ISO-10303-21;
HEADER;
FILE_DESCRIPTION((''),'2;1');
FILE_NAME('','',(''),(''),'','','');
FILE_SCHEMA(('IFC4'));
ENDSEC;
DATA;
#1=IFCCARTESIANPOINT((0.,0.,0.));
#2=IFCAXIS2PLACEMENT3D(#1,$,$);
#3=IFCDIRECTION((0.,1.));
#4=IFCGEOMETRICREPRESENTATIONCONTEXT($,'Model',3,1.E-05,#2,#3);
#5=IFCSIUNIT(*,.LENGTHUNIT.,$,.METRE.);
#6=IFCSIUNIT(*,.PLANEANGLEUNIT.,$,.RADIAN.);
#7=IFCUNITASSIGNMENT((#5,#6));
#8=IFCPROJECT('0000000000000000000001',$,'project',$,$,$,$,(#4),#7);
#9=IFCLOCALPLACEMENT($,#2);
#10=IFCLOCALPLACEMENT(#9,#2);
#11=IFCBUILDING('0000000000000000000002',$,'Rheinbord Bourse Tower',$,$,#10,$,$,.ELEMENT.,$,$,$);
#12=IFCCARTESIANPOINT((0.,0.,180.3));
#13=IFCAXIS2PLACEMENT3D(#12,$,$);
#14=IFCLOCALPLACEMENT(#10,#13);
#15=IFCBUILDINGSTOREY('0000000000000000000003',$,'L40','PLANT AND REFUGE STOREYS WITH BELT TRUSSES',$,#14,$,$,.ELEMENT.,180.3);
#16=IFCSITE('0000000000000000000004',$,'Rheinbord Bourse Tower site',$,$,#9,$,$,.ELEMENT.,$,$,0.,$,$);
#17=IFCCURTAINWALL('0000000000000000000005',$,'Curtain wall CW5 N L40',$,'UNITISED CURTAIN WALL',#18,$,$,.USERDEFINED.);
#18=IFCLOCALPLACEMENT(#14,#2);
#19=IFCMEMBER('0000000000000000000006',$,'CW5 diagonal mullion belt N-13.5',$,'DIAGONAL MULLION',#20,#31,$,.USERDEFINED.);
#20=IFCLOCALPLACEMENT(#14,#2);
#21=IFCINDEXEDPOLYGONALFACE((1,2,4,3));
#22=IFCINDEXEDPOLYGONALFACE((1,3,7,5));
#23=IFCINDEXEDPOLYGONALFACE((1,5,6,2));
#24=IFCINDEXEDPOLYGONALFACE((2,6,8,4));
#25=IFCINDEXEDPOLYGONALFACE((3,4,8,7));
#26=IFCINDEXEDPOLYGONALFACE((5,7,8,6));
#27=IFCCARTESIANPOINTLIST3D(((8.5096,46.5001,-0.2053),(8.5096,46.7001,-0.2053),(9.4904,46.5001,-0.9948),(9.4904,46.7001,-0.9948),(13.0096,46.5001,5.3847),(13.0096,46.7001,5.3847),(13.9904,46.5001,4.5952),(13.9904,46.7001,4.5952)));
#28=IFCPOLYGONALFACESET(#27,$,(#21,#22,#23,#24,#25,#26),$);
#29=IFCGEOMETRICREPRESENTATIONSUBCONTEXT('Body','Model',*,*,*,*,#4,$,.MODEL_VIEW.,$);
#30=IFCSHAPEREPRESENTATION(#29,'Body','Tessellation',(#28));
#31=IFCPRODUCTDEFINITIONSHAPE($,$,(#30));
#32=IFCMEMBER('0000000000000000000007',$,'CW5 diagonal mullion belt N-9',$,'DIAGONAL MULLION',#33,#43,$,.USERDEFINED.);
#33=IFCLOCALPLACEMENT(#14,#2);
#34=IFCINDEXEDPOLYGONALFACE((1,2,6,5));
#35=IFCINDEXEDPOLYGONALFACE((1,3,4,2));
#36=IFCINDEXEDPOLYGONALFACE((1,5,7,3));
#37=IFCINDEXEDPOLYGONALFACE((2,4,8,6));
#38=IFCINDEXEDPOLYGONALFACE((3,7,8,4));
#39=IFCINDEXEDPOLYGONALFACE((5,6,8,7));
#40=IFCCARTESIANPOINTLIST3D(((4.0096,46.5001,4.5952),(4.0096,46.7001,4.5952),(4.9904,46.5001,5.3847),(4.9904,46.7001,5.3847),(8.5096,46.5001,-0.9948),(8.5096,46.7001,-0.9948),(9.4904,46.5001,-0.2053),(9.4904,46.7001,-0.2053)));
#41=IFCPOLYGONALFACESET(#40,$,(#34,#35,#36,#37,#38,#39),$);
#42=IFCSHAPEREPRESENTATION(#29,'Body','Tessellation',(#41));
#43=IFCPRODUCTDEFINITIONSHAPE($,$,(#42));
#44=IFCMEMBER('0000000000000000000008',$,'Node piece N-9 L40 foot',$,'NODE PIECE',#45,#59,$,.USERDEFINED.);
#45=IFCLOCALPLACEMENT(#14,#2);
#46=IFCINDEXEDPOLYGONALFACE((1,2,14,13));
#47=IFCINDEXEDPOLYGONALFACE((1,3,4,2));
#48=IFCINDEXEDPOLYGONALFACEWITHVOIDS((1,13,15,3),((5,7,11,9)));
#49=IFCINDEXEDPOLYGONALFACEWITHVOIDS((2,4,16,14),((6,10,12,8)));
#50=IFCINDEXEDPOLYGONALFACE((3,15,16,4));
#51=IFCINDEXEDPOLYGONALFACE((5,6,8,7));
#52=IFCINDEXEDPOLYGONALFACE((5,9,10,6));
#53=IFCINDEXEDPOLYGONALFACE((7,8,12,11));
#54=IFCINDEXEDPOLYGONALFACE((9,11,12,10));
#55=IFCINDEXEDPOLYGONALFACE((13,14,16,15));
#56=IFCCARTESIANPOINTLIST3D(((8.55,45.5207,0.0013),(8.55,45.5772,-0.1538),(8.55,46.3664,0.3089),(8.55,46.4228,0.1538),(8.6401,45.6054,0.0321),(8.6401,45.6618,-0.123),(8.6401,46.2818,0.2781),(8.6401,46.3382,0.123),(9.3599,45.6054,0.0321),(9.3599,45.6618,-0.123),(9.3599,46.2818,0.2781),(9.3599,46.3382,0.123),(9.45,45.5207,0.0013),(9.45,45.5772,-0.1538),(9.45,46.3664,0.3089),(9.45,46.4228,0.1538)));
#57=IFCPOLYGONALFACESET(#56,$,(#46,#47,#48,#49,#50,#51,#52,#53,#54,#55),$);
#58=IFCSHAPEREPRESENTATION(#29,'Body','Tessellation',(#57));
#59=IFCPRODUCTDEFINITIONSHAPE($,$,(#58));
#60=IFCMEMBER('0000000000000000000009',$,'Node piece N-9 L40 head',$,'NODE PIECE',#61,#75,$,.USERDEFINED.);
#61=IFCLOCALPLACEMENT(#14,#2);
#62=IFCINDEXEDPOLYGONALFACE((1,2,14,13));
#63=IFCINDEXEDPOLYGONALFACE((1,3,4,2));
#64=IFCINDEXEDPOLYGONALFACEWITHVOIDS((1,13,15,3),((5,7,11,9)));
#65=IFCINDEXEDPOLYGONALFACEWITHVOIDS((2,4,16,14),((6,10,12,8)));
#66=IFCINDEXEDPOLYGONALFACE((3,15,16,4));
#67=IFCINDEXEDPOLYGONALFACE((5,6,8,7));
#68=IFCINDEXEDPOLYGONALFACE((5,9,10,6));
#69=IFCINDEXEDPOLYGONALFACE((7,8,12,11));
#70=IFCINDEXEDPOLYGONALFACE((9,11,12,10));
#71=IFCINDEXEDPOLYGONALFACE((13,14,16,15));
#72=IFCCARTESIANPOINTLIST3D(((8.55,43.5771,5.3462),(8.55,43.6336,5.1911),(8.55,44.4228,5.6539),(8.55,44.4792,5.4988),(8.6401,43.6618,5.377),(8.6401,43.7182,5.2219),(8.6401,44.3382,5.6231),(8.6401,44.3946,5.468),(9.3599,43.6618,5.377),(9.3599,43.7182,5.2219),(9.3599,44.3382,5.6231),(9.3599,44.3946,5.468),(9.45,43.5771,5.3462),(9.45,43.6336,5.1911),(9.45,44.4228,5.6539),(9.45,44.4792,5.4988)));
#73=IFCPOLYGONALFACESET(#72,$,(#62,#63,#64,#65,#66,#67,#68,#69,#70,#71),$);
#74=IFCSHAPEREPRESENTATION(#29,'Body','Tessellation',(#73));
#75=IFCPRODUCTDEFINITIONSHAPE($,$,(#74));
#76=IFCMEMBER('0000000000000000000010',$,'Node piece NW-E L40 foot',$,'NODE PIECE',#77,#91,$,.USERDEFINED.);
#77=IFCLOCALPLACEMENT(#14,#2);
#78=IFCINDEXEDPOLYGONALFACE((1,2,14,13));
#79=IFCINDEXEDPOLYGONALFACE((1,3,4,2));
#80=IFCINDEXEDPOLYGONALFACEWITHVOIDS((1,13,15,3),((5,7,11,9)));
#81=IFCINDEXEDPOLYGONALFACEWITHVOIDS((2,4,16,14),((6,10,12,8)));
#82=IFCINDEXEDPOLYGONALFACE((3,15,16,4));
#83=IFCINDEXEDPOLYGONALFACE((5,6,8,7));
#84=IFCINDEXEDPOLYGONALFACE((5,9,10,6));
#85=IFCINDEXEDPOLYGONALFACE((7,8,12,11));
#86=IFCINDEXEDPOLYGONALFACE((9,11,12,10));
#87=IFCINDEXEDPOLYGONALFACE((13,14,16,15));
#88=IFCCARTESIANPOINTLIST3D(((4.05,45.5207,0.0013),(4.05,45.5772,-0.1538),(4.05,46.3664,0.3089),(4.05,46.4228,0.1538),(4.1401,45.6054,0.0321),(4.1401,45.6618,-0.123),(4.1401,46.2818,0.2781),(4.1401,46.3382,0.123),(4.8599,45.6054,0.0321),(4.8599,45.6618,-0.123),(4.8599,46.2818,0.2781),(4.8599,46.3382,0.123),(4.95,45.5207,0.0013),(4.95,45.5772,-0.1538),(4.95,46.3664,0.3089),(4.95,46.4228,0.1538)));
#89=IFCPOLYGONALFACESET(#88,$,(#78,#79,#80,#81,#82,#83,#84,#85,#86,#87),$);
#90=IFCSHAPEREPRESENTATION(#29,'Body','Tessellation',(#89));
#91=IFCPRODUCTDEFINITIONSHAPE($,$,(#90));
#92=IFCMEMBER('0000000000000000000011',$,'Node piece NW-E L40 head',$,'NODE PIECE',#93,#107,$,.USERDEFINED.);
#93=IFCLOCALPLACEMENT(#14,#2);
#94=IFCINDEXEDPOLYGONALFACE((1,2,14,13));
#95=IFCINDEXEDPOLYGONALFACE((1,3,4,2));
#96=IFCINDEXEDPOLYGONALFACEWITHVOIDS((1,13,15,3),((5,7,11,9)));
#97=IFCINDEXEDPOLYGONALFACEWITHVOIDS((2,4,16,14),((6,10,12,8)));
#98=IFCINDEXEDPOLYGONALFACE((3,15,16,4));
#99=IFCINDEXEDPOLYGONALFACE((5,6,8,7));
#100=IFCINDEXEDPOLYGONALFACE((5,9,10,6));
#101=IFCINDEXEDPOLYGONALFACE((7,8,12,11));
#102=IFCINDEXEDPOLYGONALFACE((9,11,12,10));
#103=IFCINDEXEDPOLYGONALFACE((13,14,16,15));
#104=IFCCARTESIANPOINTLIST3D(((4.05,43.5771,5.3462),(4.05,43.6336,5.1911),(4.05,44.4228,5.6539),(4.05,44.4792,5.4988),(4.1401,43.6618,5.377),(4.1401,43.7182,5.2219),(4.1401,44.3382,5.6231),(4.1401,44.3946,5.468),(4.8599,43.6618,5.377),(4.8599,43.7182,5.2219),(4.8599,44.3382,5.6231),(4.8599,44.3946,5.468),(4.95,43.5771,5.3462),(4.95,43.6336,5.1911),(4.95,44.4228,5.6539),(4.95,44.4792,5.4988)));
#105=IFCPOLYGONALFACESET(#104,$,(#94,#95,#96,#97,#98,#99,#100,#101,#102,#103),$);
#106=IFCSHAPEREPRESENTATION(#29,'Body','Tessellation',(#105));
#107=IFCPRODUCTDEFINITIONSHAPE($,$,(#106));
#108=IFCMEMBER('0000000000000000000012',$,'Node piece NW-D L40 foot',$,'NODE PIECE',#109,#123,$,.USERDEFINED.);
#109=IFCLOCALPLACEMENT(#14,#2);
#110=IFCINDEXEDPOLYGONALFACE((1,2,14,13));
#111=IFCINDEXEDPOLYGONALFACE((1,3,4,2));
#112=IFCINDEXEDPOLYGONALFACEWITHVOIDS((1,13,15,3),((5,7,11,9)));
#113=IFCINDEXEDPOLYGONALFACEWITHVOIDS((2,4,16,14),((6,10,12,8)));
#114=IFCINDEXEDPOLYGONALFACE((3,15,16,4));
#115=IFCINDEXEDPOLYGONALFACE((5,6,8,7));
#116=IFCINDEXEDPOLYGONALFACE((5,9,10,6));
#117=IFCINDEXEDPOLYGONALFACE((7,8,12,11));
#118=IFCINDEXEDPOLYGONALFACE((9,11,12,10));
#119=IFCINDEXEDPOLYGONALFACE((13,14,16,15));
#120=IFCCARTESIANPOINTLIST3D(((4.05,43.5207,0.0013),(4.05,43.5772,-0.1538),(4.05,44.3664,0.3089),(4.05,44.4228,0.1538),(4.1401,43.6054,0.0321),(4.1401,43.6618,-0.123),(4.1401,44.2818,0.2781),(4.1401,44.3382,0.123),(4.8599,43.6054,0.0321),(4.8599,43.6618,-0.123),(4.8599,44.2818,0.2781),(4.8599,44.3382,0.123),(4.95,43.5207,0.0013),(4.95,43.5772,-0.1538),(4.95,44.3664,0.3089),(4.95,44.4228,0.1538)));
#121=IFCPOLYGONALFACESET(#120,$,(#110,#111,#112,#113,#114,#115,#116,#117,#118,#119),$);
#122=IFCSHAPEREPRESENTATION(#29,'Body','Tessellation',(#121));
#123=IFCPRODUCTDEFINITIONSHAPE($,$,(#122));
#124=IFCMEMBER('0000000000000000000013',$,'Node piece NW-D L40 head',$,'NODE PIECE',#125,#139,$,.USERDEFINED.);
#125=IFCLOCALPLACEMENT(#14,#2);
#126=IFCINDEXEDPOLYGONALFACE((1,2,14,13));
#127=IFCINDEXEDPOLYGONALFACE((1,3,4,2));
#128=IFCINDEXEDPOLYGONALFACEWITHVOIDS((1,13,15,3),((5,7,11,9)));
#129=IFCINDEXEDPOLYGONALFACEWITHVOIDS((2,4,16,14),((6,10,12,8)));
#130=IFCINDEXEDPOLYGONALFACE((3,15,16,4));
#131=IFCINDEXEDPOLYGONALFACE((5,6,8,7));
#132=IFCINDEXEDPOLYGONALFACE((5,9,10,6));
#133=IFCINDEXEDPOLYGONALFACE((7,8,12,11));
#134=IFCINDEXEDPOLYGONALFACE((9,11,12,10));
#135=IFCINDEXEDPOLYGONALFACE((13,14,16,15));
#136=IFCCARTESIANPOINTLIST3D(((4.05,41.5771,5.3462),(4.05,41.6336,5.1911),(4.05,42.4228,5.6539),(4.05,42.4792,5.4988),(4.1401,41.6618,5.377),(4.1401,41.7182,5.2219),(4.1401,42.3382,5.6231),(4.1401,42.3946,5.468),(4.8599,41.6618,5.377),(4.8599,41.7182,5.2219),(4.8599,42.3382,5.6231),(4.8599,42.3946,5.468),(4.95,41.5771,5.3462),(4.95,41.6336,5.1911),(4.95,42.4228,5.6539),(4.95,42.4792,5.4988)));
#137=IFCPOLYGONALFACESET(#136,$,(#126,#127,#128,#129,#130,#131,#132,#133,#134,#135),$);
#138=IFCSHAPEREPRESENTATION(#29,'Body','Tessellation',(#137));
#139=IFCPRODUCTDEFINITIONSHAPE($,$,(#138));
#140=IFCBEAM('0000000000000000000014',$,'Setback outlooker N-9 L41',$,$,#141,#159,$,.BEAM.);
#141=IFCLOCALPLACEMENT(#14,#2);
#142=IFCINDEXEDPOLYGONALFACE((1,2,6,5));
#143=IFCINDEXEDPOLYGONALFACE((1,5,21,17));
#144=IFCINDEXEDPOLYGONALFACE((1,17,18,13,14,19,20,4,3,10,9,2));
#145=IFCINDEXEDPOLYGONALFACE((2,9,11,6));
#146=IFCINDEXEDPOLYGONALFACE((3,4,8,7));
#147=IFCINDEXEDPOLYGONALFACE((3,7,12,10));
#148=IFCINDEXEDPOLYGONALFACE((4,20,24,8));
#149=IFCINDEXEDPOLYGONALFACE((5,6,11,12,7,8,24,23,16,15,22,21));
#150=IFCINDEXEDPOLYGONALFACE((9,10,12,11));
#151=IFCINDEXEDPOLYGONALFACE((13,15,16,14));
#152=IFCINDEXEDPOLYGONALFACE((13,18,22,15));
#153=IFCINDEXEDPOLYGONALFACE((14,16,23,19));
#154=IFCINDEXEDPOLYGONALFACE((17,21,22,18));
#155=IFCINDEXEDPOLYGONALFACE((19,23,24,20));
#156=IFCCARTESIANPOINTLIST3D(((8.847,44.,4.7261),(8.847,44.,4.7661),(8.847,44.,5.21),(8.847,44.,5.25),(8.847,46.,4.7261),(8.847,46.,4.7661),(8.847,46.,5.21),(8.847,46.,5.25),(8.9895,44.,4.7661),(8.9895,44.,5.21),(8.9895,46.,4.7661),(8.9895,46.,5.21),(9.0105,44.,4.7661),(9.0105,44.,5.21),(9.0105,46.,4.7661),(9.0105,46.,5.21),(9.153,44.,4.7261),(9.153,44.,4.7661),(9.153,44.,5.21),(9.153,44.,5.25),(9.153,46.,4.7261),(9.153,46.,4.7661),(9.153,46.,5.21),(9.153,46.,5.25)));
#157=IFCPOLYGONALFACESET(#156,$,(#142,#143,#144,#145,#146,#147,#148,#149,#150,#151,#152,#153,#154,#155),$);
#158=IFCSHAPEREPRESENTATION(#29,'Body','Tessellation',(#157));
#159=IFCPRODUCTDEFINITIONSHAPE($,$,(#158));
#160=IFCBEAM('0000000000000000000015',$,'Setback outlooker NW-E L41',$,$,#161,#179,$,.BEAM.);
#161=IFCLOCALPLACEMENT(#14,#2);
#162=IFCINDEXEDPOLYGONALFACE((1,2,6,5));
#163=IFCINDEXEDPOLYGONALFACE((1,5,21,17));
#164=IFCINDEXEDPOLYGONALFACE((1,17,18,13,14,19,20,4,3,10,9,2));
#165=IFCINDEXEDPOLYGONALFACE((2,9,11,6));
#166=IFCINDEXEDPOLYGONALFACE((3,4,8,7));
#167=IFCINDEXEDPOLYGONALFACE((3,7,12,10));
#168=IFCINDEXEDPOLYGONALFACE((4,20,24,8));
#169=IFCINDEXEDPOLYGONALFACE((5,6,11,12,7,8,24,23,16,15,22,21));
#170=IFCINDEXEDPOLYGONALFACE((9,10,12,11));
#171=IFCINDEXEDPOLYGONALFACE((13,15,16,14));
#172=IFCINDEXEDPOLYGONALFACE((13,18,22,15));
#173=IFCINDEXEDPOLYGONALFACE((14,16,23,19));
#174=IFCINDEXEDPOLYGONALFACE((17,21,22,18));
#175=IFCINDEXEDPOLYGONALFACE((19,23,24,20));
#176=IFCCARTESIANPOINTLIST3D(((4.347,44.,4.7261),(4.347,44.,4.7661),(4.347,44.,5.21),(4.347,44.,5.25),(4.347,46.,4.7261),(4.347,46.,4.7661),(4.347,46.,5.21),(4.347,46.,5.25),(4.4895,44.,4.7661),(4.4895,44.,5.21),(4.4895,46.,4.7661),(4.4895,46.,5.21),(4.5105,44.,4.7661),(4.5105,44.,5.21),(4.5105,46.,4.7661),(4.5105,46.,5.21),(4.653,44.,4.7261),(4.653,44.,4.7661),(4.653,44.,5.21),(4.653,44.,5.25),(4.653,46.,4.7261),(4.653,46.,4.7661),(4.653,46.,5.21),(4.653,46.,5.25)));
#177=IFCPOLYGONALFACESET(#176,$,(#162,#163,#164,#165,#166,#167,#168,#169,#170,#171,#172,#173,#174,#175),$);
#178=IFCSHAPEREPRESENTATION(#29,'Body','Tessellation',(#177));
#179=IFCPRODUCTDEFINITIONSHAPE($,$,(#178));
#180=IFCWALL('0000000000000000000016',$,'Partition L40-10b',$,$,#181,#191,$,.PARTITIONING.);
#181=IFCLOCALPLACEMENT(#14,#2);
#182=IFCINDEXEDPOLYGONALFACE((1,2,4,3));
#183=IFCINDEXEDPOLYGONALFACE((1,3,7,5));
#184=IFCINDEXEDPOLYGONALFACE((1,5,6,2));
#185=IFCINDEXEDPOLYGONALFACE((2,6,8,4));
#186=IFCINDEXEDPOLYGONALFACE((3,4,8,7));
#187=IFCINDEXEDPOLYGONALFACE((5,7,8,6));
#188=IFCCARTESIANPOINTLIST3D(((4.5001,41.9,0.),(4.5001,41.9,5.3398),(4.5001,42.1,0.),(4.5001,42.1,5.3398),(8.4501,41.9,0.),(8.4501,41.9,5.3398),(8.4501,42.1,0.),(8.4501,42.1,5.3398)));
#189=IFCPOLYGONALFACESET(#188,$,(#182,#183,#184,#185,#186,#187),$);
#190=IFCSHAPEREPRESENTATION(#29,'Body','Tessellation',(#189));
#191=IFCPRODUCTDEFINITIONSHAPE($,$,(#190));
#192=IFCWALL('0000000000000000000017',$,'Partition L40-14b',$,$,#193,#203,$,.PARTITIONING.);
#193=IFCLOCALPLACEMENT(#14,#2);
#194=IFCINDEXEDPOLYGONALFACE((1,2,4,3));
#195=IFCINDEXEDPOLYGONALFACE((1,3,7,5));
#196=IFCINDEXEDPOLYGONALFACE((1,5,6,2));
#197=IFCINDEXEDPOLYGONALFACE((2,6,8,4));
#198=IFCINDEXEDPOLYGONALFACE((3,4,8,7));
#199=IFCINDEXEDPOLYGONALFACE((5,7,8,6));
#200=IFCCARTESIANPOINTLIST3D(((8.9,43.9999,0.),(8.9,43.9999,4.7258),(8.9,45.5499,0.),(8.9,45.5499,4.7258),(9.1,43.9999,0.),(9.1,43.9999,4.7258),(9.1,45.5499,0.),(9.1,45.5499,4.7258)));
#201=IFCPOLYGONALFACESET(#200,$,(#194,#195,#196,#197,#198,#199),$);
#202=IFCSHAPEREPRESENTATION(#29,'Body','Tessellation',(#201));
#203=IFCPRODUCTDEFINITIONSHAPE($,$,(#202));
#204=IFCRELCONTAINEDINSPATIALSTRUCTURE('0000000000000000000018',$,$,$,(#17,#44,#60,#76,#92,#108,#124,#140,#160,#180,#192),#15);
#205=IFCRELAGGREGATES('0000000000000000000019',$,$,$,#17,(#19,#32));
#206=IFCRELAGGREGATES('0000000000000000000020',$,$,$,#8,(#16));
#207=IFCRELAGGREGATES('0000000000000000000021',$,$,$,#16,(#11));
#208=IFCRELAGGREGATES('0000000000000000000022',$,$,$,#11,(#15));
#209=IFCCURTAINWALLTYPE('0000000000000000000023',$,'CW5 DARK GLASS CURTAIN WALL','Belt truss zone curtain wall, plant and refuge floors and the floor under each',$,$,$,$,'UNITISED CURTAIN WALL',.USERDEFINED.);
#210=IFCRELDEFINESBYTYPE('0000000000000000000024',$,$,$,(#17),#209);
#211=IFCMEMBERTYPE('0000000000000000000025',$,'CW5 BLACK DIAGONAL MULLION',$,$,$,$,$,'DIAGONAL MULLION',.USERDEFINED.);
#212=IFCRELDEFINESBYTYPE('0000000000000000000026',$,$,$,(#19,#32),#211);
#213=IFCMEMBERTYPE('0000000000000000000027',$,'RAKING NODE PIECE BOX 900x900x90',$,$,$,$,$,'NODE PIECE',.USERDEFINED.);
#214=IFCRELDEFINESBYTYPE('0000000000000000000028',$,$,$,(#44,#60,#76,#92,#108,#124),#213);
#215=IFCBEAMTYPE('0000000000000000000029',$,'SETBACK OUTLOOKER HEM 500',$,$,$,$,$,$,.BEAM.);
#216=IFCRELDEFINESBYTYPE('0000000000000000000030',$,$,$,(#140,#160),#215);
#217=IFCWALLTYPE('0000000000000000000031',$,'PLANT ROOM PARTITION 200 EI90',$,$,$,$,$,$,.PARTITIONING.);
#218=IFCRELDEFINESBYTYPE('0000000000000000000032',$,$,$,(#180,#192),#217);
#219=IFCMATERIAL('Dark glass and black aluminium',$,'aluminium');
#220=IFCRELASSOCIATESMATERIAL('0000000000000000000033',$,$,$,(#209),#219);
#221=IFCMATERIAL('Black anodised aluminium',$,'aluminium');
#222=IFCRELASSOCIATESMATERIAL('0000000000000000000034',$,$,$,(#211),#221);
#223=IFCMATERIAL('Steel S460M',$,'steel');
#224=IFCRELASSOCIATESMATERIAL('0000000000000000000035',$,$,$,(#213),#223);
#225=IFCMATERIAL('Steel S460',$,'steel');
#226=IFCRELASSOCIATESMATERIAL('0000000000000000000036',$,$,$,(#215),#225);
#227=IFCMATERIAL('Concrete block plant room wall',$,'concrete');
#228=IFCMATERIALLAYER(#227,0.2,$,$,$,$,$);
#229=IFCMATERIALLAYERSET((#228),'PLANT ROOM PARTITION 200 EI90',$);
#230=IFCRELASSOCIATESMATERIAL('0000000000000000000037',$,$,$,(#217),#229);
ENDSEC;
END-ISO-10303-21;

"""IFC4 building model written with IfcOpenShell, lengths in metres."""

from ifc_helpers import new_model, si_unit, direction, frame, frame_2d, origin, origin_2d, place, context, subcontext, project, spatial, rectangle, hollow_rectangle, i_section, extrude, material, layer, layer_set, material_profile, profile_set, type_object, element, aggregate, save


model = new_model("IFC4")

# Units and contexts
model_context = context("Model", 3, precision=1e-05, world=origin(), true_north=direction((0.0, 1.0)))
body_context = subcontext(model_context, "Body", "Model", "MODEL_VIEW")
ifc_project = project(units=[si_unit("LENGTHUNIT", "METRE"), si_unit("PLANEANGLEUNIT", "RADIAN")], contexts=[model_context])

# Site, building, storey
site_placement = place(None, origin())
site = spatial("IfcSite", under=ifc_project, at=site_placement, Name="Rheinbord Bourse Tower site", CompositionType="ELEMENT", RefElevation=0.0)
building_placement = place(site_placement, origin())
building = spatial("IfcBuilding", under=site, at=building_placement, Name="Rheinbord Bourse Tower", CompositionType="ELEMENT")
storey_placement = place(building_placement, frame((0.0, 0.0, 180.3)))
storey = spatial("IfcBuildingStorey", under=building, at=storey_placement, Name="L40", Description="PLANT AND REFUGE STOREYS WITH BELT TRUSSES", CompositionType="ELEMENT", Elevation=180.3)

# Curtain wall, members
ifc_material_1 = material(Name="Dark glass and black aluminium", Category="aluminium")
curtain_wall_type = type_object("IfcCurtainWallType", Name="CW5 DARK GLASS CURTAIN WALL", Description="Belt truss zone curtain wall, plant and refuge floors and the floor under each", ElementType="UNITISED CURTAIN WALL", PredefinedType="USERDEFINED", material=ifc_material_1)
curtain_wall_placement = place(storey_placement, origin())
curtain_wall = element("IfcCurtainWall", 1, at=curtain_wall_placement, inside=storey, type_object=curtain_wall_type, Name="Curtain wall CW5 N L40", ObjectType="UNITISED CURTAIN WALL", PredefinedType="USERDEFINED")
ifc_material_2 = material(Name="Black anodised aluminium", Category="aluminium")
ifc_material_profile_1 = material_profile(ifc_material_2, rectangle(XDim=0.2, YDim=1.259, at=origin_2d()), Name="CW5 DIAGONAL MULLION 1259x200")
ifc_profile_set_1 = profile_set([ifc_material_profile_1], Name="Black anodised aluminium")
member_type_1 = type_object("IfcMemberType", Name="CW5 BLACK DIAGONAL MULLION", ElementType="DIAGONAL MULLION", PredefinedType="USERDEFINED", material=ifc_profile_set_1)
member_1_placement = place(storey_placement, frame((9.0, 46.6001, -0.6001), z_axis=(0.627065, 0.0, 0.778967), x_axis=(0.0, 1.0, 0.0)))
member_1 = element("IfcMember", 2, at=member_1_placement, type_object=member_type_1, Name="CW5 diagonal mullion belt N-13.5", ObjectType="DIAGONAL MULLION", PredefinedType="USERDEFINED", context=body_context, shape_type="SweptSolid", body=[
    extrude(rectangle(XDim=0.2, YDim=1.259, at=origin_2d()), origin(), (0.0, 0.0, 1.0), 7.1763),
])
member_2_placement = place(storey_placement, frame((9.0, 46.6001, -0.6001), z_axis=(-0.627065, 0.0, 0.778967), x_axis=(0.0, -1.0, 0.0)))
member_2 = element("IfcMember", 3, at=member_2_placement, type_object=member_type_1, Name="CW5 diagonal mullion belt N-9", ObjectType="DIAGONAL MULLION", PredefinedType="USERDEFINED", context=body_context, shape_type="SweptSolid", body=[
    extrude(rectangle(XDim=0.2, YDim=1.259, at=origin_2d()), origin(), (0.0, 0.0, 1.0), 7.1763),
])
aggregate(curtain_wall, [member_1, member_2])

# Members
ifc_material_3 = material(Name="Steel S460M", Category="steel")
ifc_material_profile_2 = material_profile(ifc_material_3, hollow_rectangle(XDim=0.8999, YDim=0.8999, WallThickness=0.0901, at=origin_2d()), Name="BOX 900x900x90")
ifc_profile_set_2 = profile_set([ifc_material_profile_2], Name="Steel S460M")
member_type_2 = type_object("IfcMemberType", Name="RAKING NODE PIECE BOX 900x900x90", ElementType="NODE PIECE", PredefinedType="USERDEFINED", material=ifc_profile_set_2)
for number, where, z_axis, x_axis, name in (
    (4, (9.0, 46.0, 0.0), (0.0, -0.341862, 0.93975), (0.0, 0.93975, 0.341862), "Node piece N-9 L40 foot"),
    (5, (9.0, 44.0564, 5.345), (0.0, -0.341862, 0.93975), (0.0, 0.93975, 0.341862), "Node piece N-9 L40 head"),
    (6, (4.5, 46.0, 0.0), (0.0, -0.341862, 0.93975), (0.0, 0.93975, 0.341862), "Node piece NW-E L40 foot"),
    (7, (4.5, 44.0564, 5.345), (0.0, -0.341862, 0.93975), (0.0, 0.93975, 0.341862), "Node piece NW-E L40 head"),
    (8, (4.5, 44.0, 0.0), (0.0, -0.341862, 0.93975), (0.0, 0.93975, 0.341862), "Node piece NW-D L40 foot"),
    (9, (4.5, 42.0564, 5.345), (0.0, -0.341862, 0.93975), (0.0, 0.93975, 0.341862), "Node piece NW-D L40 head"),
):
    element("IfcMember", number, at=place(storey_placement, frame(where, z_axis=z_axis, x_axis=x_axis)), inside=storey, type_object=member_type_2, Name=name, ObjectType="NODE PIECE", PredefinedType="USERDEFINED", context=body_context, shape_type="SweptSolid", body=[
        extrude(hollow_rectangle(XDim=0.8999, YDim=0.8999, WallThickness=0.0901, at=origin_2d()), origin(), (0.0, 0.0, 1.0), 0.165),
    ])

# Beams
ifc_material_4 = material(Name="Steel S460", Category="steel")
ifc_material_profile_3 = material_profile(ifc_material_4, i_section(OverallWidth=0.3059, OverallDepth=0.5239, WebThickness=0.021, FlangeThickness=0.04, at=origin_2d()), Name="HEM 500")
ifc_profile_set_3 = profile_set([ifc_material_profile_3], Name="Steel S460")
beam_type_1 = type_object("IfcBeamType", Name="SETBACK OUTLOOKER HEM 500", PredefinedType="BEAM", material=ifc_profile_set_3)
for number, where, z_axis, x_axis, name in (
    (10, (9.0, 44.0, 4.988), (0.0, 1.0, 0.0), (-1.0, 0.0, 0.0), "Setback outlooker N-9 L41"),
    (11, (4.5, 44.0, 4.988), (0.0, 1.0, 0.0), (-1.0, 0.0, 0.0), "Setback outlooker NW-E L41"),
):
    element("IfcBeam", number, at=place(storey_placement, frame(where, z_axis=z_axis, x_axis=x_axis)), inside=storey, type_object=beam_type_1, Name=name, PredefinedType="BEAM", context=body_context, shape_type="SweptSolid", body=[
        extrude(i_section(OverallWidth=0.3059, OverallDepth=0.5239, WebThickness=0.021, FlangeThickness=0.04, at=origin_2d()), origin(), (0.0, 0.0, 1.0), 2.0),
    ])

# Walls
ifc_material_5 = material(Name="Concrete block plant room wall", Category="concrete")
ifc_layer = layer(ifc_material_5, 0.2)
ifc_layer_set = layer_set([ifc_layer], Name="PLANT ROOM PARTITION 200 EI90")
wall_type = type_object("IfcWallType", Name="PLANT ROOM PARTITION 200 EI90", PredefinedType="PARTITIONING", material=ifc_layer_set)
wall_1_placement = place(storey_placement, frame((4.5, 42.0, 0.0), z_axis=(0.0, 0.0, 1.0), x_axis=(1.0, 0.0, 0.0)))
element("IfcWall", 12, at=wall_1_placement, inside=storey, type_object=wall_type, Name="Partition L40-10b", PredefinedType="PARTITIONING", context=body_context, shape_type="SweptSolid", body=[
    extrude(rectangle(XDim=3.95, YDim=0.2, at=frame_2d((1.9751, 0.0))), origin(), (0.0, 0.0, 1.0), 5.3398),
])
wall_2_placement = place(storey_placement, frame((9.0, 44.0, 0.0), z_axis=(0.0, 0.0, 1.0), x_axis=(0.0, 1.0, 0.0)))
element("IfcWall", 13, at=wall_2_placement, inside=storey, type_object=wall_type, Name="Partition L40-14b", PredefinedType="PARTITIONING", context=body_context, shape_type="SweptSolid", body=[
    extrude(rectangle(XDim=1.55, YDim=0.2, at=frame_2d((0.7749, 0.0))), origin(), (0.0, 0.0, 1.0), 4.7258),
])

save(model, "model.ifc")
